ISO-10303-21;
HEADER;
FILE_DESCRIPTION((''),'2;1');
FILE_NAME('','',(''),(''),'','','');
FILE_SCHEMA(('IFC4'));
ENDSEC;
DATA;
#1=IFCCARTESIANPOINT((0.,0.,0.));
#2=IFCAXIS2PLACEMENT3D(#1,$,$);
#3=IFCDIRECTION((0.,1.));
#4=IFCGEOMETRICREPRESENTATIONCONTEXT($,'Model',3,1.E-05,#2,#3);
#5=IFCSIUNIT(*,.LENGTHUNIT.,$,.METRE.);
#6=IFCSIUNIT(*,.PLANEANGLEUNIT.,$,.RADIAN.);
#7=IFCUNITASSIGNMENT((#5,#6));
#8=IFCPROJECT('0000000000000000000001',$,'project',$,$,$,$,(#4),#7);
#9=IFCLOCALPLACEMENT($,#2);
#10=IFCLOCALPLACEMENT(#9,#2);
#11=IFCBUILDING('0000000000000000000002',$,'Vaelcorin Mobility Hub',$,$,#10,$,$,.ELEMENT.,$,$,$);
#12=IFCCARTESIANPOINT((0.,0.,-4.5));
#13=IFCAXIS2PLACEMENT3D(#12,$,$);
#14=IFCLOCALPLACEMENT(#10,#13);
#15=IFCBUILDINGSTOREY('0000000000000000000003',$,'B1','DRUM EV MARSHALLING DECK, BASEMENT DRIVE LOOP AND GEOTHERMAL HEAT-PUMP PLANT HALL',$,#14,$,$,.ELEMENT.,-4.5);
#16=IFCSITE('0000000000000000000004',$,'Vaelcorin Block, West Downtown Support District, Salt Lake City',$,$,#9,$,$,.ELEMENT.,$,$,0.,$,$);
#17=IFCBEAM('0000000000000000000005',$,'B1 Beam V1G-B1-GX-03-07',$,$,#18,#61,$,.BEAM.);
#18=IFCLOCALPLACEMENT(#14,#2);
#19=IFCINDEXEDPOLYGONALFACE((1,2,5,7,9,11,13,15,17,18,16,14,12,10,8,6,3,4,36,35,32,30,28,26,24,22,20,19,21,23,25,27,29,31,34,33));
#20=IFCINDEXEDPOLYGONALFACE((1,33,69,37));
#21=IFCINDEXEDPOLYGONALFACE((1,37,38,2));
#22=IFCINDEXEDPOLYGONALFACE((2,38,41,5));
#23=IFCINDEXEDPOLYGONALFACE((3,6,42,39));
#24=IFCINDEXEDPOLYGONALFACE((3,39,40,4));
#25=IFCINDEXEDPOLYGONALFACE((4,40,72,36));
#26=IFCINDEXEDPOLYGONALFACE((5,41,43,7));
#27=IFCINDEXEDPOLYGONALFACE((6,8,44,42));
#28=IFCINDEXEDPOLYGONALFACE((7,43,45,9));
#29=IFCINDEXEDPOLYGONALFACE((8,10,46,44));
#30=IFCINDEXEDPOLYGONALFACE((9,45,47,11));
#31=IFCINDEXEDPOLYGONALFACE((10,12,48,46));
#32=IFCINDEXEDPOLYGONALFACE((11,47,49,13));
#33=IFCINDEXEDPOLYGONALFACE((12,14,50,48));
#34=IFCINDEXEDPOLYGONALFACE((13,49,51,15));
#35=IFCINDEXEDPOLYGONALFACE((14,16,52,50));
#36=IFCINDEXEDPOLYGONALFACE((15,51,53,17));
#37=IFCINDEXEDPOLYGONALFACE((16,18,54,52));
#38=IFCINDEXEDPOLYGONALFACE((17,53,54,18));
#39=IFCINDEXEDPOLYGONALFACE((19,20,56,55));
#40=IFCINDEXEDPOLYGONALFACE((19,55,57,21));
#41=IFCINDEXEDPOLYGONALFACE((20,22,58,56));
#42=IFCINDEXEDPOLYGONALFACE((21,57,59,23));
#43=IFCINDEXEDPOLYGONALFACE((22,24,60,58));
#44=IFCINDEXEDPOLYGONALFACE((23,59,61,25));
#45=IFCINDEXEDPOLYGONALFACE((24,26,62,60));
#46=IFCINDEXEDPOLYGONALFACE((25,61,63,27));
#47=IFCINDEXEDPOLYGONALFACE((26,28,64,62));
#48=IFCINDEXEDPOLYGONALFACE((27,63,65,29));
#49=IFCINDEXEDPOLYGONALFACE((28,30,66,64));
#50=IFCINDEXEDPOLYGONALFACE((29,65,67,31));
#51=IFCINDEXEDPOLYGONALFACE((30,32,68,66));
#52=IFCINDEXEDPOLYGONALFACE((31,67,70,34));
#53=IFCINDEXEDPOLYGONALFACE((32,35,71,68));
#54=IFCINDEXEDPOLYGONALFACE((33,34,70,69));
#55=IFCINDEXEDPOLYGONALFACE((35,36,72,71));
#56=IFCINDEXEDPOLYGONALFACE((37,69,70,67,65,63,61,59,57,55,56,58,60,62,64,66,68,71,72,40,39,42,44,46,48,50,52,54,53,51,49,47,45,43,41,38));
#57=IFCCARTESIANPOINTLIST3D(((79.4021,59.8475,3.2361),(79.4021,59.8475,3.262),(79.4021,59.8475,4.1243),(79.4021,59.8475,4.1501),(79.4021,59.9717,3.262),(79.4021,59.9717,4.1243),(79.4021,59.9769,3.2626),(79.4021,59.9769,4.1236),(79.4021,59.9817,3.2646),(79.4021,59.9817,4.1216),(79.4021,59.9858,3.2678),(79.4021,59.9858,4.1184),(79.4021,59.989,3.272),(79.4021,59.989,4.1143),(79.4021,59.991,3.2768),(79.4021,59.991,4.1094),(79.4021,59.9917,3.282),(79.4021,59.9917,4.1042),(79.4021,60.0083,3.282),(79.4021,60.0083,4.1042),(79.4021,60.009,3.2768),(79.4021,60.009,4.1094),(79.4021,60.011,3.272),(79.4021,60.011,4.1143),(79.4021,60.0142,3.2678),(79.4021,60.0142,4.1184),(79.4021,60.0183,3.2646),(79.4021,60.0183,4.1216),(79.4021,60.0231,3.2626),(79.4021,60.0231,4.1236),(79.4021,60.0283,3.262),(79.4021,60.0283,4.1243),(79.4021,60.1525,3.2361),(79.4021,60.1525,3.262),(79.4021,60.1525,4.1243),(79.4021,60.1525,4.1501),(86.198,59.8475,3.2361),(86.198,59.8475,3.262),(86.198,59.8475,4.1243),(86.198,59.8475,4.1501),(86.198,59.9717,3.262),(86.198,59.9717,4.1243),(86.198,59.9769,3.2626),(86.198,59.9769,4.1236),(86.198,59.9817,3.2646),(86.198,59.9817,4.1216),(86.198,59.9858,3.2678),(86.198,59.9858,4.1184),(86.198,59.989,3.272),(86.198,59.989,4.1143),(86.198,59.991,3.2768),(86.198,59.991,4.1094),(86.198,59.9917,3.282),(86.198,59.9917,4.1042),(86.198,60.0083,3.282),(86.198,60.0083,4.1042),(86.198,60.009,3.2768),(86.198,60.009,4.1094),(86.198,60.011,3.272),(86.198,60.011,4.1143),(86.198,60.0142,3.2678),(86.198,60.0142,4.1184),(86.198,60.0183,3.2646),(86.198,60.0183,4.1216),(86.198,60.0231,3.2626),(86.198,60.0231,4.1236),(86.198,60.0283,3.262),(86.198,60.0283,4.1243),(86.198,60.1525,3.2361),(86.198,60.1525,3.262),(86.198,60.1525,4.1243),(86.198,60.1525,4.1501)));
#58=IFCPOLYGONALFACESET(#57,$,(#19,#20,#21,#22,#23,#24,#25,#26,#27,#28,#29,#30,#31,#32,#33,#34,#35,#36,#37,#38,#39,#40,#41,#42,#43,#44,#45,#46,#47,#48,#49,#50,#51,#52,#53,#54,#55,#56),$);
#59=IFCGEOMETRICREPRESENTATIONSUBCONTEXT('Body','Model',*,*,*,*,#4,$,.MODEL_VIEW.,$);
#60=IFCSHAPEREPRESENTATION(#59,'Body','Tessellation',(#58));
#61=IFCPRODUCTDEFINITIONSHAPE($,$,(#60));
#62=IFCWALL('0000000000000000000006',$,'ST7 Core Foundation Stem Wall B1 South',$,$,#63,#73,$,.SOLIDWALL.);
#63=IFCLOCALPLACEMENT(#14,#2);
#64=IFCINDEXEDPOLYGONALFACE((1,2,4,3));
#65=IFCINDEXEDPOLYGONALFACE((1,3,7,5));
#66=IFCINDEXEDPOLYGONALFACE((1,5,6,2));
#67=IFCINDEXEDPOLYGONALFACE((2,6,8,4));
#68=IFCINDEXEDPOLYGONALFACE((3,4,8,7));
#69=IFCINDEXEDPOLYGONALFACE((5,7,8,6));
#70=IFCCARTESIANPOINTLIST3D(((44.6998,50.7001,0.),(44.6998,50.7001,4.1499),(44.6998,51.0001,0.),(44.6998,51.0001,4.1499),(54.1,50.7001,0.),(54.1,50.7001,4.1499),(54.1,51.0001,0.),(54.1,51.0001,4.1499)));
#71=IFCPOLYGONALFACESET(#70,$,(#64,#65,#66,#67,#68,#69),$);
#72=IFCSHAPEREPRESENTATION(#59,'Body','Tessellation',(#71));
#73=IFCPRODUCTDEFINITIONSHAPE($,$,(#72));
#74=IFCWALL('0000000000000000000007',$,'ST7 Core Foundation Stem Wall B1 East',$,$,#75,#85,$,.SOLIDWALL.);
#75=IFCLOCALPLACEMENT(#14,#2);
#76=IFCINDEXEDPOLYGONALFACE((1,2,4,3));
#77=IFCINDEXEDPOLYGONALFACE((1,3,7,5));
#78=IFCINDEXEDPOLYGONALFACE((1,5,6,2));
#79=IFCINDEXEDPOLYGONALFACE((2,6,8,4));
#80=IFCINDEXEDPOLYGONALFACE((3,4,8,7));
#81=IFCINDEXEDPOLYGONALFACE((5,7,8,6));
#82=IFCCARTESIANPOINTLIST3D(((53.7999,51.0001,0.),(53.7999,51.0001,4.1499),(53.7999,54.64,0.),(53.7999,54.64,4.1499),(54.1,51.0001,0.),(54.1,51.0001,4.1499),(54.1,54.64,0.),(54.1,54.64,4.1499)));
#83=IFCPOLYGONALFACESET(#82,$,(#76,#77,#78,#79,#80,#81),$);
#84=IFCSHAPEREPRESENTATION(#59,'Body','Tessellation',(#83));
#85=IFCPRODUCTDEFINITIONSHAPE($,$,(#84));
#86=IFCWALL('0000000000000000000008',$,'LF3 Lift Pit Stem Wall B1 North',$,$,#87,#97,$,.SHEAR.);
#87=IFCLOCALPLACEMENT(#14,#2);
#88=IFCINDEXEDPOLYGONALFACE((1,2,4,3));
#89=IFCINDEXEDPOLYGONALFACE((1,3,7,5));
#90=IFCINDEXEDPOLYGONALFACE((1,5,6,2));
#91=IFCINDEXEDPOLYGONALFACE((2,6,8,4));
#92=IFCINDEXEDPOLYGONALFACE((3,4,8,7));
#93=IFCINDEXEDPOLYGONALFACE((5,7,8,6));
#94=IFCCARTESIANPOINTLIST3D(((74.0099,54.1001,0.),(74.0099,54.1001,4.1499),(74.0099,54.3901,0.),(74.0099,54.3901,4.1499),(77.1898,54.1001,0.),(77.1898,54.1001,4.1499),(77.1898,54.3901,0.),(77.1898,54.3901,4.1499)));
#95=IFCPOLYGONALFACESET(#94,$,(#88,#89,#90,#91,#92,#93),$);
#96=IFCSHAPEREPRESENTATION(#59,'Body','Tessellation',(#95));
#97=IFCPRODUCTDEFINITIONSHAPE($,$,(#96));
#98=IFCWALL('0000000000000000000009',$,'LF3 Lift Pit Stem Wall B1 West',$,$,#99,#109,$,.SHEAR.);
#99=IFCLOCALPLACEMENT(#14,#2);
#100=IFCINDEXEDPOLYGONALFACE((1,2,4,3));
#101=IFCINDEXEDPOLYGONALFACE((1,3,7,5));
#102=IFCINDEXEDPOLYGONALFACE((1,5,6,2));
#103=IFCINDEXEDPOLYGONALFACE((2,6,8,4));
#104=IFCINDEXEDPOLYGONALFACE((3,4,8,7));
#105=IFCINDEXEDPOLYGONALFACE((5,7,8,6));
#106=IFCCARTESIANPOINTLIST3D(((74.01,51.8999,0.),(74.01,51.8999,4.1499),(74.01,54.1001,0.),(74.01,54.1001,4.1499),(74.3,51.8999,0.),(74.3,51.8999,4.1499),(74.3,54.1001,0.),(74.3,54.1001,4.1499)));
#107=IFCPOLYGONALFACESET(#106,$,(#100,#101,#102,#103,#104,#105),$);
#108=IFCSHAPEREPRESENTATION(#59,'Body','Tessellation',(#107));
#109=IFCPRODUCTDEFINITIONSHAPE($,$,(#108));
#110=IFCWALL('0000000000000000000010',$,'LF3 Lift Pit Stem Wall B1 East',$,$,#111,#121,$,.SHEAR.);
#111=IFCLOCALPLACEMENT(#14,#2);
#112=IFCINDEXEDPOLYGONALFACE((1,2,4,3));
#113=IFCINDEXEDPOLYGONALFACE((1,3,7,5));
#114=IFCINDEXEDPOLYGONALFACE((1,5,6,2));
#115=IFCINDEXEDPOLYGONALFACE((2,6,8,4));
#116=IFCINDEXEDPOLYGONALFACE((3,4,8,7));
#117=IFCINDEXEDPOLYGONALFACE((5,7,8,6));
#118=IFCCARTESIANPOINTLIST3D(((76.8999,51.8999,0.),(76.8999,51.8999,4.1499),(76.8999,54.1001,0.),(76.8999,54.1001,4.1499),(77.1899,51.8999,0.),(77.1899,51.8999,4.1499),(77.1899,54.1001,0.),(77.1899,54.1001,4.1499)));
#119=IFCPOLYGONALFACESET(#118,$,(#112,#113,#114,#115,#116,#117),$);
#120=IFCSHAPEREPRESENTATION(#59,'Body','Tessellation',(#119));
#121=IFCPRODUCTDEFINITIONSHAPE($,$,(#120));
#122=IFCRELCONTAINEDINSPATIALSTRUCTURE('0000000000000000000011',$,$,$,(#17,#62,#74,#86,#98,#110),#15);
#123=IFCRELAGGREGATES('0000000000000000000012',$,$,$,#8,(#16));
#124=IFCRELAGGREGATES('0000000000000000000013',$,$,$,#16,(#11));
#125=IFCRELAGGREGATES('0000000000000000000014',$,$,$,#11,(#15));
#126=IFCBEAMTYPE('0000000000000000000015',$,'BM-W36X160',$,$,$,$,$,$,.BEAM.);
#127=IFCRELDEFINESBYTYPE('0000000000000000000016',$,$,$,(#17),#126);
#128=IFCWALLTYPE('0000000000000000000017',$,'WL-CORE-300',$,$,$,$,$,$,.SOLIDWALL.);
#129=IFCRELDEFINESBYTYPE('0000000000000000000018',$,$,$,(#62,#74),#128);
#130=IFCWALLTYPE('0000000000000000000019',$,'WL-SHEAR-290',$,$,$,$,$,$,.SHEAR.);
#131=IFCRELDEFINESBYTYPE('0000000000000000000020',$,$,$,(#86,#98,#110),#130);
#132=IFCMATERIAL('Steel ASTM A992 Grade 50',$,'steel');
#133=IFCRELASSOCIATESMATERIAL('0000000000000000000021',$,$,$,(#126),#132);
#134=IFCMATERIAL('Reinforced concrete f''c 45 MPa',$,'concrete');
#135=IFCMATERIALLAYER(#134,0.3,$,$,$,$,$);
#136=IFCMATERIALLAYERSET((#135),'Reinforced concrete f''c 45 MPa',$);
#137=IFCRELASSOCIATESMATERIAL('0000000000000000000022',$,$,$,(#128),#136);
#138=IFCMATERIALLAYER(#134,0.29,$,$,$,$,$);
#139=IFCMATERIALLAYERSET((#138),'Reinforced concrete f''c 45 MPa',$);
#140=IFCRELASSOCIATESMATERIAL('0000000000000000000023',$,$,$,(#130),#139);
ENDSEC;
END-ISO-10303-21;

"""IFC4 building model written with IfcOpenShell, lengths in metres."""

from ifc_helpers import new_model, si_unit, direction, frame, frame_2d, origin, origin_2d, place, context, subcontext, project, spatial, rectangle, i_section, extrude, material, layer, layer_set, material_profile, profile_set, type_object, element, save


model = new_model("IFC4")

# Units and contexts
model_context = context("Model", 3, precision=1e-05, world=origin(), true_north=direction((0.0, 1.0)))
body_context = subcontext(model_context, "Body", "Model", "MODEL_VIEW")
ifc_project = project(units=[si_unit("LENGTHUNIT", "METRE"), si_unit("PLANEANGLEUNIT", "RADIAN")], contexts=[model_context])

# Site, building, storey
site_placement = place(None, origin())
site = spatial("IfcSite", under=ifc_project, at=site_placement, Name="Vaelcorin Block, West Downtown Support District, Salt Lake City", CompositionType="ELEMENT", RefElevation=0.0)
building_placement = place(site_placement, origin())
building = spatial("IfcBuilding", under=site, at=building_placement, Name="Vaelcorin Mobility Hub", CompositionType="ELEMENT")
storey_placement = place(building_placement, frame((0.0, 0.0, -4.5)))
storey = spatial("IfcBuildingStorey", under=building, at=storey_placement, Name="B1", Description="DRUM EV MARSHALLING DECK, BASEMENT DRIVE LOOP AND GEOTHERMAL HEAT-PUMP PLANT HALL", CompositionType="ELEMENT", Elevation=-4.5)

# Shared definitions
ifc_material_1 = material(Name="Steel ASTM A992 Grade 50", Category="steel")

# Beam
ifc_material_profile_1 = material_profile(ifc_material_1, i_section(OverallWidth=0.3049, OverallDepth=0.9141, WebThickness=0.0166, FlangeThickness=0.0259, FilletRadius=0.02, at=origin_2d()), Name="W36X160")
ifc_profile_set_1 = profile_set([ifc_material_profile_1], Name="Steel ASTM A992 Grade 50")
beam_type_1 = type_object("IfcBeamType", Name="BM-W36X160", PredefinedType="BEAM", material=ifc_profile_set_1)
beam_placement = place(storey_placement, frame((79.4021, 60.0, 3.6931), z_axis=(1.0, 0.0, 0.0), x_axis=(0.0, 1.0, 0.0)))
element("IfcBeam", 1, at=beam_placement, inside=storey, type_object=beam_type_1, Name="B1 Beam V1G-B1-GX-03-07", PredefinedType="BEAM", context=body_context, shape_type="SweptSolid", body=[
    extrude(i_section(OverallWidth=0.3049, OverallDepth=0.9141, WebThickness=0.0166, FlangeThickness=0.0259, FilletRadius=0.02, at=origin_2d()), origin(), (0.0, 0.0, 1.0), 6.7959),
])

# Walls
ifc_material_2 = material(Name="Reinforced concrete f'c 45 MPa", Category="concrete")
ifc_layer_1 = layer(ifc_material_2, 0.3)
ifc_layer_set_1 = layer_set([ifc_layer_1], Name="Reinforced concrete f'c 45 MPa")
wall_type_1 = type_object("IfcWallType", Name="WL-CORE-300", PredefinedType="SOLIDWALL", material=ifc_layer_set_1)
wall_1_placement = place(storey_placement, frame((54.1001, 50.8501, 0.0), z_axis=(0.0, 0.0, 1.0), x_axis=(-1.0, 0.0, 0.0)))
element("IfcWall", 2, at=wall_1_placement, inside=storey, type_object=wall_type_1, Name="ST7 Core Foundation Stem Wall B1 South", PredefinedType="SOLIDWALL", context=body_context, shape_type="SweptSolid", body=[
    extrude(rectangle(XDim=9.4001, YDim=0.3, at=frame_2d((4.7002, 0.0))), origin(), (0.0, 0.0, 1.0), 4.1499),
])
wall_2_placement = place(storey_placement, frame((53.95, 54.6399, 0.0), z_axis=(0.0, 0.0, 1.0), x_axis=(0.0, -1.0, 0.0)))
element("IfcWall", 3, at=wall_2_placement, inside=storey, type_object=wall_type_1, Name="ST7 Core Foundation Stem Wall B1 East", PredefinedType="SOLIDWALL", context=body_context, shape_type="SweptSolid", body=[
    extrude(rectangle(XDim=3.6399, YDim=0.3, at=frame_2d((1.8198, 0.0))), origin(), (0.0, 0.0, 1.0), 4.1499),
])
ifc_layer_2 = layer(ifc_material_2, 0.29)
ifc_layer_set_2 = layer_set([ifc_layer_2], Name="Reinforced concrete f'c 45 MPa")
wall_type_2 = type_object("IfcWallType", Name="WL-SHEAR-290", PredefinedType="SHEAR", material=ifc_layer_set_2)
for number, where, z_axis, x_axis, name in (
    (4, (74.01, 54.2451, 0.0), (0.0, 0.0, 1.0), (1.0, 0.0, 0.0), "LF3 Lift Pit Stem Wall B1 North"),
):
    element("IfcWall", number, at=place(storey_placement, frame(where, z_axis=z_axis, x_axis=x_axis)), inside=storey, type_object=wall_type_2, Name=name, PredefinedType="SHEAR", context=body_context, shape_type="SweptSolid", body=[
        extrude(rectangle(XDim=3.1799, YDim=0.29, at=frame_2d((1.5898, 0.0))), origin(), (0.0, 0.0, 1.0), 4.1499),
    ])
for number, where, z_axis, x_axis, name in (
    (5, (74.155, 51.8999, 0.0), (0.0, 0.0, 1.0), (0.0, 1.0, 0.0), "LF3 Lift Pit Stem Wall B1 West"),
    (6, (77.0449, 54.1001, 0.0), (0.0, 0.0, 1.0), (0.0, -1.0, 0.0), "LF3 Lift Pit Stem Wall B1 East"),
):
    element("IfcWall", number, at=place(storey_placement, frame(where, z_axis=z_axis, x_axis=x_axis)), inside=storey, type_object=wall_type_2, Name=name, PredefinedType="SHEAR", context=body_context, shape_type="SweptSolid", body=[
        extrude(rectangle(XDim=2.2002, YDim=0.29, at=frame_2d((1.1001, 0.0))), origin(), (0.0, 0.0, 1.0), 4.1499),
    ])

save(model, "model.ifc")
